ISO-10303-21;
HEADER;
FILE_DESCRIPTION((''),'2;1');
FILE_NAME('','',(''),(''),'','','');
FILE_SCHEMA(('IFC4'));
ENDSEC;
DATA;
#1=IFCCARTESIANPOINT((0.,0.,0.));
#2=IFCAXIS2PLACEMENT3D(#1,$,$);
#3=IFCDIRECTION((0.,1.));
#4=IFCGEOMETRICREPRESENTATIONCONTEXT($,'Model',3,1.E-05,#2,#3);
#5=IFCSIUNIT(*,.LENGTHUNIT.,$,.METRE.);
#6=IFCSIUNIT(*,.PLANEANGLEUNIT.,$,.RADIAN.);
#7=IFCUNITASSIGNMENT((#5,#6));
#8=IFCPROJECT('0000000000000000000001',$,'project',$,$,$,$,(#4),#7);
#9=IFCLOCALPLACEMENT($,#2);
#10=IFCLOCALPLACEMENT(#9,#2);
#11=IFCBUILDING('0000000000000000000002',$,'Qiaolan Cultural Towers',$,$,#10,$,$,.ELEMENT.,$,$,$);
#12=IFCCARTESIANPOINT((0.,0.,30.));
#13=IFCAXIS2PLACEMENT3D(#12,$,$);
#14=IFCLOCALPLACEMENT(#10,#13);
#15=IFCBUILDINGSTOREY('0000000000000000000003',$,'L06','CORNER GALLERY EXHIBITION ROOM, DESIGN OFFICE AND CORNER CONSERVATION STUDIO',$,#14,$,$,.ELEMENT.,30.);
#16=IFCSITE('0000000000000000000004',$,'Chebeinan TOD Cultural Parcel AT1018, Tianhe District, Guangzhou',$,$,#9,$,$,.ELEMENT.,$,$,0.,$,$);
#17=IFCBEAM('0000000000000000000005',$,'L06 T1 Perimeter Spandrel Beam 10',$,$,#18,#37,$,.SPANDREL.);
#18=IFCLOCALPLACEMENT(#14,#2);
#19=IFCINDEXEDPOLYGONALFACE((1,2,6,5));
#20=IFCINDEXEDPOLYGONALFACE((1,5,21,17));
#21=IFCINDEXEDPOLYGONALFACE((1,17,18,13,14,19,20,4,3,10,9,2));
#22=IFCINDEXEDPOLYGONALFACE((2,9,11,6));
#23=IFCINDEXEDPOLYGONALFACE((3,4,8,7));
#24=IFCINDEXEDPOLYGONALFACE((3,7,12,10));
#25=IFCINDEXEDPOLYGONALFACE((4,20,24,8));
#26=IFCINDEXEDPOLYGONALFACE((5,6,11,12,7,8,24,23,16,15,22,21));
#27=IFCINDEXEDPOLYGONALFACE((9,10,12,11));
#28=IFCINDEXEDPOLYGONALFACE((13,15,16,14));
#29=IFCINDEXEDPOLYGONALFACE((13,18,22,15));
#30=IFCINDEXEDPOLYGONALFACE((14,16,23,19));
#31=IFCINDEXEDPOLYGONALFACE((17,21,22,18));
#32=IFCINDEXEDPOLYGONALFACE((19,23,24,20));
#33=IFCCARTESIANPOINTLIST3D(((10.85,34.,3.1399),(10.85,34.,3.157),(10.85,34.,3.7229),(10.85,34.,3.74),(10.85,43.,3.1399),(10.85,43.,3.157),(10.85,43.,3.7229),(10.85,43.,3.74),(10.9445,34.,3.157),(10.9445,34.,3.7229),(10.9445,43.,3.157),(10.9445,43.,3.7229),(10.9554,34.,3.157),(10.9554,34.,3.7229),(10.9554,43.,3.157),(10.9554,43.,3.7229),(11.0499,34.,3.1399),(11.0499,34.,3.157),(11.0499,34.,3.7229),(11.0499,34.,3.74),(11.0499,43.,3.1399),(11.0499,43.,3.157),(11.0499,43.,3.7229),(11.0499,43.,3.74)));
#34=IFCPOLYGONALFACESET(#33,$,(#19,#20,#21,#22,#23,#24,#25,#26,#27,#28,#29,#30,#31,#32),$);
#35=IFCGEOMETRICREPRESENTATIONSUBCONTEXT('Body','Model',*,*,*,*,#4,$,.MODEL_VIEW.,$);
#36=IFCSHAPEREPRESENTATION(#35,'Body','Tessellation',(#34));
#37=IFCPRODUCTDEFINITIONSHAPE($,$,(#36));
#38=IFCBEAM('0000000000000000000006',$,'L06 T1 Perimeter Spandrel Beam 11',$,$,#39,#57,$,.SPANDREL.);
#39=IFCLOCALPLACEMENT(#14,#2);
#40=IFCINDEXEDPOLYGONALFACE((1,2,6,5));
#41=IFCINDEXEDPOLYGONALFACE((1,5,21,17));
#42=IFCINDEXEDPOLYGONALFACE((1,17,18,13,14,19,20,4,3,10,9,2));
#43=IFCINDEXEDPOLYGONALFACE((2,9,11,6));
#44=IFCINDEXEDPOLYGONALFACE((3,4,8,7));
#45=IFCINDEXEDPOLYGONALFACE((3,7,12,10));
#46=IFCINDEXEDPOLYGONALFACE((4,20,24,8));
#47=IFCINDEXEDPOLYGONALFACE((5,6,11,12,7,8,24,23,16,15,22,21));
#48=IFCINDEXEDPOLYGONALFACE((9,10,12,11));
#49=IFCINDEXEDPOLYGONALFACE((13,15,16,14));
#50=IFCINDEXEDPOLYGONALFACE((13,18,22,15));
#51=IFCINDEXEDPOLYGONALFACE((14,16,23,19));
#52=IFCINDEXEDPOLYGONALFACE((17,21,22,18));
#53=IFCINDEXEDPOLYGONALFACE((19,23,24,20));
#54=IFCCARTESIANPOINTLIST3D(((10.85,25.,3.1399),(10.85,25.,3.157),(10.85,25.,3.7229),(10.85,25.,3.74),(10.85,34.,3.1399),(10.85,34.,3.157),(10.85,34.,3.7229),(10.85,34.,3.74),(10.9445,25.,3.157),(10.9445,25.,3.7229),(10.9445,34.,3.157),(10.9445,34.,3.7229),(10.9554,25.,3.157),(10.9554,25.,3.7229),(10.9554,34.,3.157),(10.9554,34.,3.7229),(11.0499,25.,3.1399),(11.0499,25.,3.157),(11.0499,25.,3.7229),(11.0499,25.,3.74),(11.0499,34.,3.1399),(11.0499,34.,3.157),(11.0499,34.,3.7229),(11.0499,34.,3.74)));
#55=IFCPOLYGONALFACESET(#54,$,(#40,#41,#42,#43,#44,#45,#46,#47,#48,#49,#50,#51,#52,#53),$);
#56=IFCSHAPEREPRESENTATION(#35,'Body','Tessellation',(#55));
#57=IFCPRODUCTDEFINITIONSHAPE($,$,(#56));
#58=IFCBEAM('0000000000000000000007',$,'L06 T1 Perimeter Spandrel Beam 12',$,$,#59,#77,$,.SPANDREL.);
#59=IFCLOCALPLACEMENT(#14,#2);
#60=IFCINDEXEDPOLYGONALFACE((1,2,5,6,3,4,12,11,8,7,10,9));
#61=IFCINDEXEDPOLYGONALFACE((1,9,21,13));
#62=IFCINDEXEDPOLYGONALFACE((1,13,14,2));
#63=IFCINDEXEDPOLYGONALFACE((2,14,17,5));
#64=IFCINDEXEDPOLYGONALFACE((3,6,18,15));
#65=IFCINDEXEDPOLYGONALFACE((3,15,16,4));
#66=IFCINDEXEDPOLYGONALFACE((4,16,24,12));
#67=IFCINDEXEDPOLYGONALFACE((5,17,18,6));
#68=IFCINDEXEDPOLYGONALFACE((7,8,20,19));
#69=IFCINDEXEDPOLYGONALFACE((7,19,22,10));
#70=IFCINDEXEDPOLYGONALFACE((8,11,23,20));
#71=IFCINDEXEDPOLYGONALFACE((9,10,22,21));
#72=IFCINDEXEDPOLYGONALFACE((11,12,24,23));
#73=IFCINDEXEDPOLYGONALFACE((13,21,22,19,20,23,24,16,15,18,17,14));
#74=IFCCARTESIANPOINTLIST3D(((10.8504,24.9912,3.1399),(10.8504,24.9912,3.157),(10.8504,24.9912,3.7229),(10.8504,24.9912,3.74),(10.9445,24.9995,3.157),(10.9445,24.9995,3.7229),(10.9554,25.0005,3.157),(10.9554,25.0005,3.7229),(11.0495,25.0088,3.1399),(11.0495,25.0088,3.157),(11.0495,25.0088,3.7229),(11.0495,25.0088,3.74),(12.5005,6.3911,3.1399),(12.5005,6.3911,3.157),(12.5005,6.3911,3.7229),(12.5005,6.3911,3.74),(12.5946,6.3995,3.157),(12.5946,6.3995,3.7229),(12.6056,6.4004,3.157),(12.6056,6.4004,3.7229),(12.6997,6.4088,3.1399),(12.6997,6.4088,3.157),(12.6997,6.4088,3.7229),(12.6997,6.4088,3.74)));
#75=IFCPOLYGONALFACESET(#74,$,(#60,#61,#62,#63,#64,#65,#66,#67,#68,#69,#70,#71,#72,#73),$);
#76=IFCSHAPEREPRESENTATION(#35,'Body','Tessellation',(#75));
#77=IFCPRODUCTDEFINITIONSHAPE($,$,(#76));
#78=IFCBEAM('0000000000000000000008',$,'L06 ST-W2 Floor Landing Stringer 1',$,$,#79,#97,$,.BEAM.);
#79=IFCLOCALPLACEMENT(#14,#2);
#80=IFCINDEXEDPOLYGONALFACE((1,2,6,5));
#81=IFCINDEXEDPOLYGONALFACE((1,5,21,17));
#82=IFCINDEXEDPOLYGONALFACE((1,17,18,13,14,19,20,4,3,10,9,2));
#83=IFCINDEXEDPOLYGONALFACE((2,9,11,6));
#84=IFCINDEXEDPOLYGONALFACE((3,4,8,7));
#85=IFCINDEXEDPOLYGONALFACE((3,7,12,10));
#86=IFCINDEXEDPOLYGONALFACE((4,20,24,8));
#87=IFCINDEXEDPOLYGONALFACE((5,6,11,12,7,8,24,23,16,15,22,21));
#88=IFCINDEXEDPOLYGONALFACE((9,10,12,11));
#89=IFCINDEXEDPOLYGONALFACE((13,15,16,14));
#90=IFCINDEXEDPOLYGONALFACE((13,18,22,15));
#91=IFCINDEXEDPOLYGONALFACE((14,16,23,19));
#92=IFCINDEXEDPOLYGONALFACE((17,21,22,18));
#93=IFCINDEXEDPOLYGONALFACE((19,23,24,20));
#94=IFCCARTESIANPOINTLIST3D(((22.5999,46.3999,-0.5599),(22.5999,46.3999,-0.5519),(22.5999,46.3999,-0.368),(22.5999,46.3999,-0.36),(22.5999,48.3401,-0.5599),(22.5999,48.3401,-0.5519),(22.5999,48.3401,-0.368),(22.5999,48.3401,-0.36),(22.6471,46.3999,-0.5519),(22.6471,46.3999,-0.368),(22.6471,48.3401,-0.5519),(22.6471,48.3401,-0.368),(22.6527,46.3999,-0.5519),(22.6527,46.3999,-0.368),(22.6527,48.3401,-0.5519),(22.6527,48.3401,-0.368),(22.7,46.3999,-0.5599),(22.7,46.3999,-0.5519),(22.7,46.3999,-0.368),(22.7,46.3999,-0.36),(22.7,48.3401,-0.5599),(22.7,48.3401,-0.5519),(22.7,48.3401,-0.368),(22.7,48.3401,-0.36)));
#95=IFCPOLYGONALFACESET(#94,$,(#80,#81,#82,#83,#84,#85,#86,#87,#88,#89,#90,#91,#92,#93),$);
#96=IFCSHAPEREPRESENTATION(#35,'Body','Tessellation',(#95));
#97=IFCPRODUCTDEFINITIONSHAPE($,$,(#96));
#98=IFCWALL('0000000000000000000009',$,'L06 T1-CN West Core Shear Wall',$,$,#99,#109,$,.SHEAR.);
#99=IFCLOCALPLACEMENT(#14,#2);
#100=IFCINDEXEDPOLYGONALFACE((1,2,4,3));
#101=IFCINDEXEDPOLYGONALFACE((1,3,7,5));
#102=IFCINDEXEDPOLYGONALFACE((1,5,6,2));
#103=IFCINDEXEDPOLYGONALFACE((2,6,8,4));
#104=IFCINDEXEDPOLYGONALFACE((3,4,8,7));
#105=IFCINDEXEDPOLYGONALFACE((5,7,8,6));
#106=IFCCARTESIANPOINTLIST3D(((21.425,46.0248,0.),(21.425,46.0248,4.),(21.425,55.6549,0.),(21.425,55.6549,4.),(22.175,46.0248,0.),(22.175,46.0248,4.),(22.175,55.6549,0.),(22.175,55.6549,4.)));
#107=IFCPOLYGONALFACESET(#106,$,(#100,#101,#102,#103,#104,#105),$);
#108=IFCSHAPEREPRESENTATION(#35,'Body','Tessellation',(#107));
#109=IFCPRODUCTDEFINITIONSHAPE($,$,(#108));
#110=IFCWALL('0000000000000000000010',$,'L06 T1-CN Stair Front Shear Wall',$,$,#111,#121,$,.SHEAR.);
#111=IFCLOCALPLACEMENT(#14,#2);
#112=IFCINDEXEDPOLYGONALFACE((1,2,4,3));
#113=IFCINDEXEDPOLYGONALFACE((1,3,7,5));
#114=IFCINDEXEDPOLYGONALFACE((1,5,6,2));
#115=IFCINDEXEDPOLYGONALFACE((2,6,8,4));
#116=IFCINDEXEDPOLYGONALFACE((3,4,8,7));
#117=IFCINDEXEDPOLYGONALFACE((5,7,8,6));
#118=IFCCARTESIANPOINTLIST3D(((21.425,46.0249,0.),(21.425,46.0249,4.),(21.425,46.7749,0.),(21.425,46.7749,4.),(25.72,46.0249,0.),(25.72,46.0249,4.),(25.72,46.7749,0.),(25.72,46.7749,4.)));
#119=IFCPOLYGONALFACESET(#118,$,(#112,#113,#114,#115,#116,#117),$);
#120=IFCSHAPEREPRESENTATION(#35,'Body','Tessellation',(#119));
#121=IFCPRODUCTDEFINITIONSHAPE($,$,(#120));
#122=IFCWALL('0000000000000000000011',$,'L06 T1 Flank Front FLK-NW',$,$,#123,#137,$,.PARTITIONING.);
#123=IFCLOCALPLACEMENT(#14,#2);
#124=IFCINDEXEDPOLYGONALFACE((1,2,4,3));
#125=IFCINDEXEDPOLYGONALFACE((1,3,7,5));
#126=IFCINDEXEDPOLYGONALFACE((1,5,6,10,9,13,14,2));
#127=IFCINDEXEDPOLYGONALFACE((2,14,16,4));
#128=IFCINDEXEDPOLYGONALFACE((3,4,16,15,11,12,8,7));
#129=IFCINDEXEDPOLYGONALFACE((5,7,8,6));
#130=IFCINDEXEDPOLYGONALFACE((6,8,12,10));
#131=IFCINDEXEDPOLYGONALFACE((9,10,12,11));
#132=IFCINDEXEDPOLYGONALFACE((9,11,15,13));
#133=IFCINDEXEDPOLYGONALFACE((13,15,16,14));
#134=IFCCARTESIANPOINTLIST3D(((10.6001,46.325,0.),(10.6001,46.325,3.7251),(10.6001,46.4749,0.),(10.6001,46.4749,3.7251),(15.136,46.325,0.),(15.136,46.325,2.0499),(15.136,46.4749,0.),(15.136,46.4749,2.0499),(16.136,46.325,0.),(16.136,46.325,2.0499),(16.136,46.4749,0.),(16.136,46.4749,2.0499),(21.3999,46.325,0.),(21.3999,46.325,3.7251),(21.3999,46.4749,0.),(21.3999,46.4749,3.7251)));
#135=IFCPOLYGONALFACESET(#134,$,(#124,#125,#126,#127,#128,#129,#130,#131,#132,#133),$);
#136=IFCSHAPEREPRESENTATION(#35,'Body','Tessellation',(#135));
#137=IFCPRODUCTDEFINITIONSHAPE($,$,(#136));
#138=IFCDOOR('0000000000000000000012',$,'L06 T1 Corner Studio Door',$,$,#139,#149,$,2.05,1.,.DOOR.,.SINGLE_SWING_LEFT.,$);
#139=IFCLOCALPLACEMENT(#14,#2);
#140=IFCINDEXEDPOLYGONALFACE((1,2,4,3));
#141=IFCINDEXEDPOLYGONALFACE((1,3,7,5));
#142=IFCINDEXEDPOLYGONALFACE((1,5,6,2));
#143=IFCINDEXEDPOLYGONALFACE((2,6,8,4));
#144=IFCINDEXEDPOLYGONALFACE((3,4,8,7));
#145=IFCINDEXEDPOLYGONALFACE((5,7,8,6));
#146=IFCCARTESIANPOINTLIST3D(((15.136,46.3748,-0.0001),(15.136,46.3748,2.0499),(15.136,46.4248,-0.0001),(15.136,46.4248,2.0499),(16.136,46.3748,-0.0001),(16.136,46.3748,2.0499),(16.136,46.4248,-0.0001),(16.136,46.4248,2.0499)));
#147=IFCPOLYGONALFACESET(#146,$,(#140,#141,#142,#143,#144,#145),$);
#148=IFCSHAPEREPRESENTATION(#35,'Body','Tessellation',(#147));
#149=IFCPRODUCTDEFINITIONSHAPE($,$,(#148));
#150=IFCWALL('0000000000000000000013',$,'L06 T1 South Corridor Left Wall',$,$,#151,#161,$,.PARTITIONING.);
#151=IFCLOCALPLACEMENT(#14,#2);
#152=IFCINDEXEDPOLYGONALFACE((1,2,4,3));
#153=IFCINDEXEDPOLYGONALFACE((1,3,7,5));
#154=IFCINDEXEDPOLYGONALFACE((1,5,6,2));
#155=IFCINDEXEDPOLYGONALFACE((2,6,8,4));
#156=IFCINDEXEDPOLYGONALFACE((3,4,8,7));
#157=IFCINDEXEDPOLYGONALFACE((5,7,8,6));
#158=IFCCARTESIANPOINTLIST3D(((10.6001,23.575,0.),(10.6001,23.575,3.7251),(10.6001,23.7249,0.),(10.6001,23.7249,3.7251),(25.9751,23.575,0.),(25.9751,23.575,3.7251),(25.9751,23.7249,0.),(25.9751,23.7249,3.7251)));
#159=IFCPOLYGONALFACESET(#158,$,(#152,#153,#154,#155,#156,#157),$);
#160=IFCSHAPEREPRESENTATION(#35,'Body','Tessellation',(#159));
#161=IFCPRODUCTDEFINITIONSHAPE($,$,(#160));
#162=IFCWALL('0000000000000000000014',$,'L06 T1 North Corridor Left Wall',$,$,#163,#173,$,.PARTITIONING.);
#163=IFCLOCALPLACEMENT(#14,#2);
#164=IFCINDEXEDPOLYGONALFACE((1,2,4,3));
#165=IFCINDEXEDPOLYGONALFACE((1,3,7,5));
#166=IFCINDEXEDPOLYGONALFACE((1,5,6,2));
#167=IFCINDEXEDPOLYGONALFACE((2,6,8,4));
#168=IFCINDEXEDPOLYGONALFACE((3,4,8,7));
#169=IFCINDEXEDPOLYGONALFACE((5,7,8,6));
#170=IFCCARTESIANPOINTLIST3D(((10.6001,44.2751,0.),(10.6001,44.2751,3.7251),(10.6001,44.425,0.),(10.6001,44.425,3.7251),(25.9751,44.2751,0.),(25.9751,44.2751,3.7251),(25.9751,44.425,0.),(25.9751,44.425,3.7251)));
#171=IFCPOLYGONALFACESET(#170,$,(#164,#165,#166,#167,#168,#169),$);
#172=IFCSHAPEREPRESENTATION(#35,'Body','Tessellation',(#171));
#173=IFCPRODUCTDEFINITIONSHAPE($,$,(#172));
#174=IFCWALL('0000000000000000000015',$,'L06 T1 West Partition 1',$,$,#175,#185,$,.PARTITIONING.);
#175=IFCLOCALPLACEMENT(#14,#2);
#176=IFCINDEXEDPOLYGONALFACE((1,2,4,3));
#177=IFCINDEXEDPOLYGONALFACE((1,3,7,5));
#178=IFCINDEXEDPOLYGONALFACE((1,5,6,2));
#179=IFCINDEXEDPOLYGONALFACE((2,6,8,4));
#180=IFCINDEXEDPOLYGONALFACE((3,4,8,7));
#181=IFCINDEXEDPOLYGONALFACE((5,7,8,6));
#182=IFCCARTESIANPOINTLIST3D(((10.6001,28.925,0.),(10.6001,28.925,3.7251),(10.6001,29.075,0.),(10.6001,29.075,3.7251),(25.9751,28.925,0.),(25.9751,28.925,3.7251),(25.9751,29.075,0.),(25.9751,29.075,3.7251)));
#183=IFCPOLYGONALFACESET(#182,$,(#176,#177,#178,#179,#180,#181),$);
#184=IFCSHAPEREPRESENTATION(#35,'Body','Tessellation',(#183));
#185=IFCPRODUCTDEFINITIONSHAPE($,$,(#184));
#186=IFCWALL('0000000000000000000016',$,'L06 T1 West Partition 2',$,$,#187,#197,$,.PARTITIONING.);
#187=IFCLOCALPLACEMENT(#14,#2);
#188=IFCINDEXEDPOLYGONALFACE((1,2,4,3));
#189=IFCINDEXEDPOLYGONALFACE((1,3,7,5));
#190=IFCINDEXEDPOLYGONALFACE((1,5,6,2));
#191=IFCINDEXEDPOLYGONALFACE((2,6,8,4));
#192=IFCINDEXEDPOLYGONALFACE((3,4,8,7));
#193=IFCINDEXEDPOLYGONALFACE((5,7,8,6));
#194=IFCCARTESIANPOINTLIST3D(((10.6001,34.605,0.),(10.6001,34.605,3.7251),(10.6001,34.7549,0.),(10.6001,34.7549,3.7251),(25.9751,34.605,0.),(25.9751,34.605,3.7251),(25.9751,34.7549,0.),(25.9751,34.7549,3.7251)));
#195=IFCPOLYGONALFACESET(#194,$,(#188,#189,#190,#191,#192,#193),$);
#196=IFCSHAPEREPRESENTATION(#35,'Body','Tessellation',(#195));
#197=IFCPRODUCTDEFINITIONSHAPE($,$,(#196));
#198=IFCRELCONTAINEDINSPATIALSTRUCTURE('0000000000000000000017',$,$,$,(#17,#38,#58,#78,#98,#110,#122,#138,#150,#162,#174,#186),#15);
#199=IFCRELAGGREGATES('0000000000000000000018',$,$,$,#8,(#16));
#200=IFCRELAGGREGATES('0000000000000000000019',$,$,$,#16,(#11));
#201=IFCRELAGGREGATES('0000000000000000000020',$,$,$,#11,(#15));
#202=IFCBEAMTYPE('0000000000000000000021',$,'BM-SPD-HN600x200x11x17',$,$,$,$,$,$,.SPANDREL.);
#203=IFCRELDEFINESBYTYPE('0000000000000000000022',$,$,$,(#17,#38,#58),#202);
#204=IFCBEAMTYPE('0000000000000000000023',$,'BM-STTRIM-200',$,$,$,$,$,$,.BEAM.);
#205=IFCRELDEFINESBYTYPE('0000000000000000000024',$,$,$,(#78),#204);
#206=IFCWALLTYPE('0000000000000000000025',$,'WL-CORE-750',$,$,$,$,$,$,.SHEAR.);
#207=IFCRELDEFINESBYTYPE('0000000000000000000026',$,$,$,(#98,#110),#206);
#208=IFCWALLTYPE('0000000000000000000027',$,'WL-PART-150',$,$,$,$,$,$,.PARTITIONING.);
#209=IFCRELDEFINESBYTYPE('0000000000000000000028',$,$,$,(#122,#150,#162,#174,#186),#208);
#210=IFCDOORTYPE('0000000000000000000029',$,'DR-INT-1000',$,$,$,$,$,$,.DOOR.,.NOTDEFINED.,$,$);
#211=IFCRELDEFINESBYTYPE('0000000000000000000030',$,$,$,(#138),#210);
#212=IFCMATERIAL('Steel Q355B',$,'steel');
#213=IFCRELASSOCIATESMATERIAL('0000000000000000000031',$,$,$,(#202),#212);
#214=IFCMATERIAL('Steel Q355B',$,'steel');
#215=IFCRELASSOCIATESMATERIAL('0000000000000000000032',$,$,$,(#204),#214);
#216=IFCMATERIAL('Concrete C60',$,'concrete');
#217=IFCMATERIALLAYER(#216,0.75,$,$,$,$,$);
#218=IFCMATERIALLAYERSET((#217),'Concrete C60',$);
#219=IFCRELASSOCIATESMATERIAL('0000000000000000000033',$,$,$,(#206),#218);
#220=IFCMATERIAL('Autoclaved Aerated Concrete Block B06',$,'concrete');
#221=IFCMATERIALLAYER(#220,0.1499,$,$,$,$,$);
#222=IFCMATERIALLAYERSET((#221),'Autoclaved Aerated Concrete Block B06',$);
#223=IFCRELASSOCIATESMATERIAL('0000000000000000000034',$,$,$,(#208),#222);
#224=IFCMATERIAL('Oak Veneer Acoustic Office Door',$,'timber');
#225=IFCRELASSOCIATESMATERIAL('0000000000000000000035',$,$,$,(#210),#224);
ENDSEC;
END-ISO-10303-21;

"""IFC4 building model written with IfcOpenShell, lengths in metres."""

from ifc_helpers import new_model, si_unit, direction, frame, frame_2d, origin, origin_2d, place, context, subcontext, project, spatial, rectangle, i_section, extrude, material, layer, layer_set, material_profile, profile_set, type_object, element, fill, save


model = new_model("IFC4")

# Units and contexts
model_context = context("Model", 3, precision=1e-05, world=origin(), true_north=direction((0.0, 1.0)))
body_context = subcontext(model_context, "Body", "Model", "MODEL_VIEW")
ifc_project = project(units=[si_unit("LENGTHUNIT", "METRE"), si_unit("PLANEANGLEUNIT", "RADIAN")], contexts=[model_context])

# Site, building, storey
site_placement = place(None, origin())
site = spatial("IfcSite", under=ifc_project, at=site_placement, Name="Chebeinan TOD Cultural Parcel AT1018, Tianhe District, Guangzhou", CompositionType="ELEMENT", RefElevation=0.0)
building_placement = place(site_placement, origin())
building = spatial("IfcBuilding", under=site, at=building_placement, Name="Qiaolan Cultural Towers", CompositionType="ELEMENT")
storey_placement = place(building_placement, frame((0.0, 0.0, 30.0)))
storey = spatial("IfcBuildingStorey", under=building, at=storey_placement, Name="L06", Description="CORNER GALLERY EXHIBITION ROOM, DESIGN OFFICE AND CORNER CONSERVATION STUDIO", CompositionType="ELEMENT", Elevation=30.0)

# Beams
ifc_material_1 = material(Name="Steel Q355B", Category="steel")
ifc_material_profile_1 = material_profile(ifc_material_1, i_section(OverallWidth=0.2, OverallDepth=0.6001, WebThickness=0.011, FlangeThickness=0.0171, at=origin_2d()), Name="HN600x200x11x17")
ifc_profile_set_1 = profile_set([ifc_material_profile_1], Name="Steel Q355B")
beam_type_1 = type_object("IfcBeamType", Name="BM-SPD-HN600x200x11x17", PredefinedType="SPANDREL", material=ifc_profile_set_1)
for number, where, z_axis, x_axis, name in (
    (1, (10.95, 43.0, 3.4399), (0.0, -1.0, 0.0), (1.0, 0.0, 0.0), "L06 T1 Perimeter Spandrel Beam 10"),
    (2, (10.95, 34.0, 3.4399), (0.0, -1.0, 0.0), (1.0, 0.0, 0.0), "L06 T1 Perimeter Spandrel Beam 11"),
):
    element("IfcBeam", number, at=place(storey_placement, frame(where, z_axis=z_axis, x_axis=x_axis)), inside=storey, type_object=beam_type_1, Name=name, PredefinedType="SPANDREL", context=body_context, shape_type="SweptSolid", body=[
        extrude(i_section(OverallWidth=0.2, OverallDepth=0.6001, WebThickness=0.011, FlangeThickness=0.0171, at=origin_2d()), origin(), (0.0, 0.0, 1.0), 9.0),
    ])
beam_1_placement = place(storey_placement, frame((10.95, 25.0, 3.4399), z_axis=(0.08837, -0.996088, 0.0), x_axis=(0.996088, 0.08837, 0.0)))
element("IfcBeam", 3, at=beam_1_placement, inside=storey, type_object=beam_type_1, Name="L06 T1 Perimeter Spandrel Beam 12", PredefinedType="SPANDREL", context=body_context, shape_type="SweptSolid", body=[
    extrude(i_section(OverallWidth=0.2, OverallDepth=0.6001, WebThickness=0.011, FlangeThickness=0.0171, at=origin_2d()), origin(), (0.0, 0.0, 1.0), 18.6731),
])
ifc_material_2 = material(Name="Steel Q355B", Category="steel")
ifc_material_profile_2 = material_profile(ifc_material_2, i_section(OverallWidth=0.1001, OverallDepth=0.2, WebThickness=0.0056, FlangeThickness=0.0081, at=origin_2d()), Name="HN200x100x5.5x8")
ifc_profile_set_2 = profile_set([ifc_material_profile_2], Name="Steel Q355B")
beam_type_2 = type_object("IfcBeamType", Name="BM-STTRIM-200", PredefinedType="BEAM", material=ifc_profile_set_2)
beam_2_placement = place(storey_placement, frame((22.6499, 46.3999, -0.46), z_axis=(0.0, 1.0, 0.0), x_axis=(-1.0, 0.0, 0.0)))
element("IfcBeam", 4, at=beam_2_placement, inside=storey, type_object=beam_type_2, Name="L06 ST-W2 Floor Landing Stringer 1", PredefinedType="BEAM", context=body_context, shape_type="SweptSolid", body=[
    extrude(i_section(OverallWidth=0.1001, OverallDepth=0.2, WebThickness=0.0056, FlangeThickness=0.0081, at=origin_2d()), origin(), (0.0, 0.0, 1.0), 1.9402),
])

# Walls
ifc_material_3 = material(Name="Concrete C60", Category="concrete")
ifc_layer_1 = layer(ifc_material_3, 0.75)
ifc_layer_set_1 = layer_set([ifc_layer_1], Name="Concrete C60")
wall_type_1 = type_object("IfcWallType", Name="WL-CORE-750", PredefinedType="SHEAR", material=ifc_layer_set_1)
wall_1_placement = place(storey_placement, frame((21.8, 46.0249, 0.0), z_axis=(0.0, 0.0, 1.0), x_axis=(0.0, 1.0, 0.0)))
element("IfcWall", 5, at=wall_1_placement, inside=storey, type_object=wall_type_1, Name="L06 T1-CN West Core Shear Wall", PredefinedType="SHEAR", context=body_context, shape_type="SweptSolid", body=[
    extrude(rectangle(XDim=9.6301, YDim=0.75, at=frame_2d((4.8149, 0.0))), origin(), (0.0, 0.0, 1.0), 4.0),
])
wall_2_placement = place(storey_placement, frame((21.425, 46.3999, 0.0), z_axis=(0.0, 0.0, 1.0), x_axis=(1.0, 0.0, 0.0)))
element("IfcWall", 6, at=wall_2_placement, inside=storey, type_object=wall_type_1, Name="L06 T1-CN Stair Front Shear Wall", PredefinedType="SHEAR", context=body_context, shape_type="SweptSolid", body=[
    extrude(rectangle(XDim=4.2949, YDim=0.75, at=frame_2d((2.1475, 0.0))), origin(), (0.0, 0.0, 1.0), 4.0),
])

# Wall, opening, door
ifc_material_4 = material(Name="Autoclaved Aerated Concrete Block B06", Category="concrete")
ifc_layer_2 = layer(ifc_material_4, 0.1499)
ifc_layer_set_2 = layer_set([ifc_layer_2], Name="Autoclaved Aerated Concrete Block B06")
wall_type_2 = type_object("IfcWallType", Name="WL-PART-150", PredefinedType="PARTITIONING", material=ifc_layer_set_2)
wall_3_placement = place(storey_placement, frame((10.6001, 46.3999, 0.0), z_axis=(0.0, 0.0, 1.0), x_axis=(1.0, 0.0, 0.0)))
wall_3 = element("IfcWall", 7, at=wall_3_placement, inside=storey, type_object=wall_type_2, Name="L06 T1 Flank Front FLK-NW", PredefinedType="PARTITIONING", context=body_context, shape_type="SweptSolid", body=[
    extrude(rectangle(XDim=10.7998, YDim=0.1499, at=frame_2d((5.3999, 0.0))), origin(), (0.0, 0.0, 1.0), 3.7251),
])
opening_placement = place(wall_3_placement, frame((4.5359, 0.0, 0.0)))
opening = element("IfcOpeningElement", 8, at=opening_placement, cuts=wall_3, PredefinedType="OPENING", context=body_context, shape_type="SweptSolid", body=[
    extrude(rectangle(XDim=1.0, YDim=2.05, at=frame_2d((0.5, 1.0249))), frame((0.0, 0.085, 0.0), z_axis=(0.0, -1.0, 0.0), x_axis=(1.0, 0.0, 0.0)), (0.0, 0.0, 1.0), 0.1699),
])
ifc_material_5 = material(Name="Oak Veneer Acoustic Office Door", Category="timber")
door_type = type_object("IfcDoorType", Name="DR-INT-1000", OperationType="NOTDEFINED", PredefinedType="DOOR", material=ifc_material_5)
door_placement = place(opening_placement, origin())
door = element("IfcDoor", 9, at=door_placement, inside=storey, type_object=door_type, Name="L06 T1 Corner Studio Door", OperationType="SINGLE_SWING_LEFT", OverallHeight=2.05, OverallWidth=1.0, PredefinedType="DOOR", context=body_context, shape_type="SweptSolid", body=[
    extrude(rectangle(XDim=1.0, YDim=2.05, at=frame_2d((0.5, 1.0249))), frame((0.0, 0.0249, 0.0), z_axis=(0.0, -1.0, 0.0), x_axis=(1.0, 0.0, 0.0)), (0.0, 0.0, 1.0), 0.05),
])
fill(opening, door)

# Walls
for number, where, z_axis, x_axis, name in (
    (10, (10.6001, 23.6499, 0.0), (0.0, 0.0, 1.0), (1.0, 0.0, 0.0), "L06 T1 South Corridor Left Wall"),
    (11, (10.6001, 44.3501, 0.0), (0.0, 0.0, 1.0), (1.0, 0.0, 0.0), "L06 T1 North Corridor Left Wall"),
    (12, (10.6001, 29.0, 0.0), (0.0, 0.0, 1.0), (1.0, 0.0, 0.0), "L06 T1 West Partition 1"),
    (13, (10.6001, 34.6799, 0.0), (0.0, 0.0, 1.0), (1.0, 0.0, 0.0), "L06 T1 West Partition 2"),
):
    element("IfcWall", number, at=place(storey_placement, frame(where, z_axis=z_axis, x_axis=x_axis)), inside=storey, type_object=wall_type_2, Name=name, PredefinedType="PARTITIONING", context=body_context, shape_type="SweptSolid", body=[
        extrude(rectangle(XDim=15.375, YDim=0.1499, at=frame_2d((7.6875, 0.0))), origin(), (0.0, 0.0, 1.0), 3.7251),
    ])

save(model, "model.ifc")
